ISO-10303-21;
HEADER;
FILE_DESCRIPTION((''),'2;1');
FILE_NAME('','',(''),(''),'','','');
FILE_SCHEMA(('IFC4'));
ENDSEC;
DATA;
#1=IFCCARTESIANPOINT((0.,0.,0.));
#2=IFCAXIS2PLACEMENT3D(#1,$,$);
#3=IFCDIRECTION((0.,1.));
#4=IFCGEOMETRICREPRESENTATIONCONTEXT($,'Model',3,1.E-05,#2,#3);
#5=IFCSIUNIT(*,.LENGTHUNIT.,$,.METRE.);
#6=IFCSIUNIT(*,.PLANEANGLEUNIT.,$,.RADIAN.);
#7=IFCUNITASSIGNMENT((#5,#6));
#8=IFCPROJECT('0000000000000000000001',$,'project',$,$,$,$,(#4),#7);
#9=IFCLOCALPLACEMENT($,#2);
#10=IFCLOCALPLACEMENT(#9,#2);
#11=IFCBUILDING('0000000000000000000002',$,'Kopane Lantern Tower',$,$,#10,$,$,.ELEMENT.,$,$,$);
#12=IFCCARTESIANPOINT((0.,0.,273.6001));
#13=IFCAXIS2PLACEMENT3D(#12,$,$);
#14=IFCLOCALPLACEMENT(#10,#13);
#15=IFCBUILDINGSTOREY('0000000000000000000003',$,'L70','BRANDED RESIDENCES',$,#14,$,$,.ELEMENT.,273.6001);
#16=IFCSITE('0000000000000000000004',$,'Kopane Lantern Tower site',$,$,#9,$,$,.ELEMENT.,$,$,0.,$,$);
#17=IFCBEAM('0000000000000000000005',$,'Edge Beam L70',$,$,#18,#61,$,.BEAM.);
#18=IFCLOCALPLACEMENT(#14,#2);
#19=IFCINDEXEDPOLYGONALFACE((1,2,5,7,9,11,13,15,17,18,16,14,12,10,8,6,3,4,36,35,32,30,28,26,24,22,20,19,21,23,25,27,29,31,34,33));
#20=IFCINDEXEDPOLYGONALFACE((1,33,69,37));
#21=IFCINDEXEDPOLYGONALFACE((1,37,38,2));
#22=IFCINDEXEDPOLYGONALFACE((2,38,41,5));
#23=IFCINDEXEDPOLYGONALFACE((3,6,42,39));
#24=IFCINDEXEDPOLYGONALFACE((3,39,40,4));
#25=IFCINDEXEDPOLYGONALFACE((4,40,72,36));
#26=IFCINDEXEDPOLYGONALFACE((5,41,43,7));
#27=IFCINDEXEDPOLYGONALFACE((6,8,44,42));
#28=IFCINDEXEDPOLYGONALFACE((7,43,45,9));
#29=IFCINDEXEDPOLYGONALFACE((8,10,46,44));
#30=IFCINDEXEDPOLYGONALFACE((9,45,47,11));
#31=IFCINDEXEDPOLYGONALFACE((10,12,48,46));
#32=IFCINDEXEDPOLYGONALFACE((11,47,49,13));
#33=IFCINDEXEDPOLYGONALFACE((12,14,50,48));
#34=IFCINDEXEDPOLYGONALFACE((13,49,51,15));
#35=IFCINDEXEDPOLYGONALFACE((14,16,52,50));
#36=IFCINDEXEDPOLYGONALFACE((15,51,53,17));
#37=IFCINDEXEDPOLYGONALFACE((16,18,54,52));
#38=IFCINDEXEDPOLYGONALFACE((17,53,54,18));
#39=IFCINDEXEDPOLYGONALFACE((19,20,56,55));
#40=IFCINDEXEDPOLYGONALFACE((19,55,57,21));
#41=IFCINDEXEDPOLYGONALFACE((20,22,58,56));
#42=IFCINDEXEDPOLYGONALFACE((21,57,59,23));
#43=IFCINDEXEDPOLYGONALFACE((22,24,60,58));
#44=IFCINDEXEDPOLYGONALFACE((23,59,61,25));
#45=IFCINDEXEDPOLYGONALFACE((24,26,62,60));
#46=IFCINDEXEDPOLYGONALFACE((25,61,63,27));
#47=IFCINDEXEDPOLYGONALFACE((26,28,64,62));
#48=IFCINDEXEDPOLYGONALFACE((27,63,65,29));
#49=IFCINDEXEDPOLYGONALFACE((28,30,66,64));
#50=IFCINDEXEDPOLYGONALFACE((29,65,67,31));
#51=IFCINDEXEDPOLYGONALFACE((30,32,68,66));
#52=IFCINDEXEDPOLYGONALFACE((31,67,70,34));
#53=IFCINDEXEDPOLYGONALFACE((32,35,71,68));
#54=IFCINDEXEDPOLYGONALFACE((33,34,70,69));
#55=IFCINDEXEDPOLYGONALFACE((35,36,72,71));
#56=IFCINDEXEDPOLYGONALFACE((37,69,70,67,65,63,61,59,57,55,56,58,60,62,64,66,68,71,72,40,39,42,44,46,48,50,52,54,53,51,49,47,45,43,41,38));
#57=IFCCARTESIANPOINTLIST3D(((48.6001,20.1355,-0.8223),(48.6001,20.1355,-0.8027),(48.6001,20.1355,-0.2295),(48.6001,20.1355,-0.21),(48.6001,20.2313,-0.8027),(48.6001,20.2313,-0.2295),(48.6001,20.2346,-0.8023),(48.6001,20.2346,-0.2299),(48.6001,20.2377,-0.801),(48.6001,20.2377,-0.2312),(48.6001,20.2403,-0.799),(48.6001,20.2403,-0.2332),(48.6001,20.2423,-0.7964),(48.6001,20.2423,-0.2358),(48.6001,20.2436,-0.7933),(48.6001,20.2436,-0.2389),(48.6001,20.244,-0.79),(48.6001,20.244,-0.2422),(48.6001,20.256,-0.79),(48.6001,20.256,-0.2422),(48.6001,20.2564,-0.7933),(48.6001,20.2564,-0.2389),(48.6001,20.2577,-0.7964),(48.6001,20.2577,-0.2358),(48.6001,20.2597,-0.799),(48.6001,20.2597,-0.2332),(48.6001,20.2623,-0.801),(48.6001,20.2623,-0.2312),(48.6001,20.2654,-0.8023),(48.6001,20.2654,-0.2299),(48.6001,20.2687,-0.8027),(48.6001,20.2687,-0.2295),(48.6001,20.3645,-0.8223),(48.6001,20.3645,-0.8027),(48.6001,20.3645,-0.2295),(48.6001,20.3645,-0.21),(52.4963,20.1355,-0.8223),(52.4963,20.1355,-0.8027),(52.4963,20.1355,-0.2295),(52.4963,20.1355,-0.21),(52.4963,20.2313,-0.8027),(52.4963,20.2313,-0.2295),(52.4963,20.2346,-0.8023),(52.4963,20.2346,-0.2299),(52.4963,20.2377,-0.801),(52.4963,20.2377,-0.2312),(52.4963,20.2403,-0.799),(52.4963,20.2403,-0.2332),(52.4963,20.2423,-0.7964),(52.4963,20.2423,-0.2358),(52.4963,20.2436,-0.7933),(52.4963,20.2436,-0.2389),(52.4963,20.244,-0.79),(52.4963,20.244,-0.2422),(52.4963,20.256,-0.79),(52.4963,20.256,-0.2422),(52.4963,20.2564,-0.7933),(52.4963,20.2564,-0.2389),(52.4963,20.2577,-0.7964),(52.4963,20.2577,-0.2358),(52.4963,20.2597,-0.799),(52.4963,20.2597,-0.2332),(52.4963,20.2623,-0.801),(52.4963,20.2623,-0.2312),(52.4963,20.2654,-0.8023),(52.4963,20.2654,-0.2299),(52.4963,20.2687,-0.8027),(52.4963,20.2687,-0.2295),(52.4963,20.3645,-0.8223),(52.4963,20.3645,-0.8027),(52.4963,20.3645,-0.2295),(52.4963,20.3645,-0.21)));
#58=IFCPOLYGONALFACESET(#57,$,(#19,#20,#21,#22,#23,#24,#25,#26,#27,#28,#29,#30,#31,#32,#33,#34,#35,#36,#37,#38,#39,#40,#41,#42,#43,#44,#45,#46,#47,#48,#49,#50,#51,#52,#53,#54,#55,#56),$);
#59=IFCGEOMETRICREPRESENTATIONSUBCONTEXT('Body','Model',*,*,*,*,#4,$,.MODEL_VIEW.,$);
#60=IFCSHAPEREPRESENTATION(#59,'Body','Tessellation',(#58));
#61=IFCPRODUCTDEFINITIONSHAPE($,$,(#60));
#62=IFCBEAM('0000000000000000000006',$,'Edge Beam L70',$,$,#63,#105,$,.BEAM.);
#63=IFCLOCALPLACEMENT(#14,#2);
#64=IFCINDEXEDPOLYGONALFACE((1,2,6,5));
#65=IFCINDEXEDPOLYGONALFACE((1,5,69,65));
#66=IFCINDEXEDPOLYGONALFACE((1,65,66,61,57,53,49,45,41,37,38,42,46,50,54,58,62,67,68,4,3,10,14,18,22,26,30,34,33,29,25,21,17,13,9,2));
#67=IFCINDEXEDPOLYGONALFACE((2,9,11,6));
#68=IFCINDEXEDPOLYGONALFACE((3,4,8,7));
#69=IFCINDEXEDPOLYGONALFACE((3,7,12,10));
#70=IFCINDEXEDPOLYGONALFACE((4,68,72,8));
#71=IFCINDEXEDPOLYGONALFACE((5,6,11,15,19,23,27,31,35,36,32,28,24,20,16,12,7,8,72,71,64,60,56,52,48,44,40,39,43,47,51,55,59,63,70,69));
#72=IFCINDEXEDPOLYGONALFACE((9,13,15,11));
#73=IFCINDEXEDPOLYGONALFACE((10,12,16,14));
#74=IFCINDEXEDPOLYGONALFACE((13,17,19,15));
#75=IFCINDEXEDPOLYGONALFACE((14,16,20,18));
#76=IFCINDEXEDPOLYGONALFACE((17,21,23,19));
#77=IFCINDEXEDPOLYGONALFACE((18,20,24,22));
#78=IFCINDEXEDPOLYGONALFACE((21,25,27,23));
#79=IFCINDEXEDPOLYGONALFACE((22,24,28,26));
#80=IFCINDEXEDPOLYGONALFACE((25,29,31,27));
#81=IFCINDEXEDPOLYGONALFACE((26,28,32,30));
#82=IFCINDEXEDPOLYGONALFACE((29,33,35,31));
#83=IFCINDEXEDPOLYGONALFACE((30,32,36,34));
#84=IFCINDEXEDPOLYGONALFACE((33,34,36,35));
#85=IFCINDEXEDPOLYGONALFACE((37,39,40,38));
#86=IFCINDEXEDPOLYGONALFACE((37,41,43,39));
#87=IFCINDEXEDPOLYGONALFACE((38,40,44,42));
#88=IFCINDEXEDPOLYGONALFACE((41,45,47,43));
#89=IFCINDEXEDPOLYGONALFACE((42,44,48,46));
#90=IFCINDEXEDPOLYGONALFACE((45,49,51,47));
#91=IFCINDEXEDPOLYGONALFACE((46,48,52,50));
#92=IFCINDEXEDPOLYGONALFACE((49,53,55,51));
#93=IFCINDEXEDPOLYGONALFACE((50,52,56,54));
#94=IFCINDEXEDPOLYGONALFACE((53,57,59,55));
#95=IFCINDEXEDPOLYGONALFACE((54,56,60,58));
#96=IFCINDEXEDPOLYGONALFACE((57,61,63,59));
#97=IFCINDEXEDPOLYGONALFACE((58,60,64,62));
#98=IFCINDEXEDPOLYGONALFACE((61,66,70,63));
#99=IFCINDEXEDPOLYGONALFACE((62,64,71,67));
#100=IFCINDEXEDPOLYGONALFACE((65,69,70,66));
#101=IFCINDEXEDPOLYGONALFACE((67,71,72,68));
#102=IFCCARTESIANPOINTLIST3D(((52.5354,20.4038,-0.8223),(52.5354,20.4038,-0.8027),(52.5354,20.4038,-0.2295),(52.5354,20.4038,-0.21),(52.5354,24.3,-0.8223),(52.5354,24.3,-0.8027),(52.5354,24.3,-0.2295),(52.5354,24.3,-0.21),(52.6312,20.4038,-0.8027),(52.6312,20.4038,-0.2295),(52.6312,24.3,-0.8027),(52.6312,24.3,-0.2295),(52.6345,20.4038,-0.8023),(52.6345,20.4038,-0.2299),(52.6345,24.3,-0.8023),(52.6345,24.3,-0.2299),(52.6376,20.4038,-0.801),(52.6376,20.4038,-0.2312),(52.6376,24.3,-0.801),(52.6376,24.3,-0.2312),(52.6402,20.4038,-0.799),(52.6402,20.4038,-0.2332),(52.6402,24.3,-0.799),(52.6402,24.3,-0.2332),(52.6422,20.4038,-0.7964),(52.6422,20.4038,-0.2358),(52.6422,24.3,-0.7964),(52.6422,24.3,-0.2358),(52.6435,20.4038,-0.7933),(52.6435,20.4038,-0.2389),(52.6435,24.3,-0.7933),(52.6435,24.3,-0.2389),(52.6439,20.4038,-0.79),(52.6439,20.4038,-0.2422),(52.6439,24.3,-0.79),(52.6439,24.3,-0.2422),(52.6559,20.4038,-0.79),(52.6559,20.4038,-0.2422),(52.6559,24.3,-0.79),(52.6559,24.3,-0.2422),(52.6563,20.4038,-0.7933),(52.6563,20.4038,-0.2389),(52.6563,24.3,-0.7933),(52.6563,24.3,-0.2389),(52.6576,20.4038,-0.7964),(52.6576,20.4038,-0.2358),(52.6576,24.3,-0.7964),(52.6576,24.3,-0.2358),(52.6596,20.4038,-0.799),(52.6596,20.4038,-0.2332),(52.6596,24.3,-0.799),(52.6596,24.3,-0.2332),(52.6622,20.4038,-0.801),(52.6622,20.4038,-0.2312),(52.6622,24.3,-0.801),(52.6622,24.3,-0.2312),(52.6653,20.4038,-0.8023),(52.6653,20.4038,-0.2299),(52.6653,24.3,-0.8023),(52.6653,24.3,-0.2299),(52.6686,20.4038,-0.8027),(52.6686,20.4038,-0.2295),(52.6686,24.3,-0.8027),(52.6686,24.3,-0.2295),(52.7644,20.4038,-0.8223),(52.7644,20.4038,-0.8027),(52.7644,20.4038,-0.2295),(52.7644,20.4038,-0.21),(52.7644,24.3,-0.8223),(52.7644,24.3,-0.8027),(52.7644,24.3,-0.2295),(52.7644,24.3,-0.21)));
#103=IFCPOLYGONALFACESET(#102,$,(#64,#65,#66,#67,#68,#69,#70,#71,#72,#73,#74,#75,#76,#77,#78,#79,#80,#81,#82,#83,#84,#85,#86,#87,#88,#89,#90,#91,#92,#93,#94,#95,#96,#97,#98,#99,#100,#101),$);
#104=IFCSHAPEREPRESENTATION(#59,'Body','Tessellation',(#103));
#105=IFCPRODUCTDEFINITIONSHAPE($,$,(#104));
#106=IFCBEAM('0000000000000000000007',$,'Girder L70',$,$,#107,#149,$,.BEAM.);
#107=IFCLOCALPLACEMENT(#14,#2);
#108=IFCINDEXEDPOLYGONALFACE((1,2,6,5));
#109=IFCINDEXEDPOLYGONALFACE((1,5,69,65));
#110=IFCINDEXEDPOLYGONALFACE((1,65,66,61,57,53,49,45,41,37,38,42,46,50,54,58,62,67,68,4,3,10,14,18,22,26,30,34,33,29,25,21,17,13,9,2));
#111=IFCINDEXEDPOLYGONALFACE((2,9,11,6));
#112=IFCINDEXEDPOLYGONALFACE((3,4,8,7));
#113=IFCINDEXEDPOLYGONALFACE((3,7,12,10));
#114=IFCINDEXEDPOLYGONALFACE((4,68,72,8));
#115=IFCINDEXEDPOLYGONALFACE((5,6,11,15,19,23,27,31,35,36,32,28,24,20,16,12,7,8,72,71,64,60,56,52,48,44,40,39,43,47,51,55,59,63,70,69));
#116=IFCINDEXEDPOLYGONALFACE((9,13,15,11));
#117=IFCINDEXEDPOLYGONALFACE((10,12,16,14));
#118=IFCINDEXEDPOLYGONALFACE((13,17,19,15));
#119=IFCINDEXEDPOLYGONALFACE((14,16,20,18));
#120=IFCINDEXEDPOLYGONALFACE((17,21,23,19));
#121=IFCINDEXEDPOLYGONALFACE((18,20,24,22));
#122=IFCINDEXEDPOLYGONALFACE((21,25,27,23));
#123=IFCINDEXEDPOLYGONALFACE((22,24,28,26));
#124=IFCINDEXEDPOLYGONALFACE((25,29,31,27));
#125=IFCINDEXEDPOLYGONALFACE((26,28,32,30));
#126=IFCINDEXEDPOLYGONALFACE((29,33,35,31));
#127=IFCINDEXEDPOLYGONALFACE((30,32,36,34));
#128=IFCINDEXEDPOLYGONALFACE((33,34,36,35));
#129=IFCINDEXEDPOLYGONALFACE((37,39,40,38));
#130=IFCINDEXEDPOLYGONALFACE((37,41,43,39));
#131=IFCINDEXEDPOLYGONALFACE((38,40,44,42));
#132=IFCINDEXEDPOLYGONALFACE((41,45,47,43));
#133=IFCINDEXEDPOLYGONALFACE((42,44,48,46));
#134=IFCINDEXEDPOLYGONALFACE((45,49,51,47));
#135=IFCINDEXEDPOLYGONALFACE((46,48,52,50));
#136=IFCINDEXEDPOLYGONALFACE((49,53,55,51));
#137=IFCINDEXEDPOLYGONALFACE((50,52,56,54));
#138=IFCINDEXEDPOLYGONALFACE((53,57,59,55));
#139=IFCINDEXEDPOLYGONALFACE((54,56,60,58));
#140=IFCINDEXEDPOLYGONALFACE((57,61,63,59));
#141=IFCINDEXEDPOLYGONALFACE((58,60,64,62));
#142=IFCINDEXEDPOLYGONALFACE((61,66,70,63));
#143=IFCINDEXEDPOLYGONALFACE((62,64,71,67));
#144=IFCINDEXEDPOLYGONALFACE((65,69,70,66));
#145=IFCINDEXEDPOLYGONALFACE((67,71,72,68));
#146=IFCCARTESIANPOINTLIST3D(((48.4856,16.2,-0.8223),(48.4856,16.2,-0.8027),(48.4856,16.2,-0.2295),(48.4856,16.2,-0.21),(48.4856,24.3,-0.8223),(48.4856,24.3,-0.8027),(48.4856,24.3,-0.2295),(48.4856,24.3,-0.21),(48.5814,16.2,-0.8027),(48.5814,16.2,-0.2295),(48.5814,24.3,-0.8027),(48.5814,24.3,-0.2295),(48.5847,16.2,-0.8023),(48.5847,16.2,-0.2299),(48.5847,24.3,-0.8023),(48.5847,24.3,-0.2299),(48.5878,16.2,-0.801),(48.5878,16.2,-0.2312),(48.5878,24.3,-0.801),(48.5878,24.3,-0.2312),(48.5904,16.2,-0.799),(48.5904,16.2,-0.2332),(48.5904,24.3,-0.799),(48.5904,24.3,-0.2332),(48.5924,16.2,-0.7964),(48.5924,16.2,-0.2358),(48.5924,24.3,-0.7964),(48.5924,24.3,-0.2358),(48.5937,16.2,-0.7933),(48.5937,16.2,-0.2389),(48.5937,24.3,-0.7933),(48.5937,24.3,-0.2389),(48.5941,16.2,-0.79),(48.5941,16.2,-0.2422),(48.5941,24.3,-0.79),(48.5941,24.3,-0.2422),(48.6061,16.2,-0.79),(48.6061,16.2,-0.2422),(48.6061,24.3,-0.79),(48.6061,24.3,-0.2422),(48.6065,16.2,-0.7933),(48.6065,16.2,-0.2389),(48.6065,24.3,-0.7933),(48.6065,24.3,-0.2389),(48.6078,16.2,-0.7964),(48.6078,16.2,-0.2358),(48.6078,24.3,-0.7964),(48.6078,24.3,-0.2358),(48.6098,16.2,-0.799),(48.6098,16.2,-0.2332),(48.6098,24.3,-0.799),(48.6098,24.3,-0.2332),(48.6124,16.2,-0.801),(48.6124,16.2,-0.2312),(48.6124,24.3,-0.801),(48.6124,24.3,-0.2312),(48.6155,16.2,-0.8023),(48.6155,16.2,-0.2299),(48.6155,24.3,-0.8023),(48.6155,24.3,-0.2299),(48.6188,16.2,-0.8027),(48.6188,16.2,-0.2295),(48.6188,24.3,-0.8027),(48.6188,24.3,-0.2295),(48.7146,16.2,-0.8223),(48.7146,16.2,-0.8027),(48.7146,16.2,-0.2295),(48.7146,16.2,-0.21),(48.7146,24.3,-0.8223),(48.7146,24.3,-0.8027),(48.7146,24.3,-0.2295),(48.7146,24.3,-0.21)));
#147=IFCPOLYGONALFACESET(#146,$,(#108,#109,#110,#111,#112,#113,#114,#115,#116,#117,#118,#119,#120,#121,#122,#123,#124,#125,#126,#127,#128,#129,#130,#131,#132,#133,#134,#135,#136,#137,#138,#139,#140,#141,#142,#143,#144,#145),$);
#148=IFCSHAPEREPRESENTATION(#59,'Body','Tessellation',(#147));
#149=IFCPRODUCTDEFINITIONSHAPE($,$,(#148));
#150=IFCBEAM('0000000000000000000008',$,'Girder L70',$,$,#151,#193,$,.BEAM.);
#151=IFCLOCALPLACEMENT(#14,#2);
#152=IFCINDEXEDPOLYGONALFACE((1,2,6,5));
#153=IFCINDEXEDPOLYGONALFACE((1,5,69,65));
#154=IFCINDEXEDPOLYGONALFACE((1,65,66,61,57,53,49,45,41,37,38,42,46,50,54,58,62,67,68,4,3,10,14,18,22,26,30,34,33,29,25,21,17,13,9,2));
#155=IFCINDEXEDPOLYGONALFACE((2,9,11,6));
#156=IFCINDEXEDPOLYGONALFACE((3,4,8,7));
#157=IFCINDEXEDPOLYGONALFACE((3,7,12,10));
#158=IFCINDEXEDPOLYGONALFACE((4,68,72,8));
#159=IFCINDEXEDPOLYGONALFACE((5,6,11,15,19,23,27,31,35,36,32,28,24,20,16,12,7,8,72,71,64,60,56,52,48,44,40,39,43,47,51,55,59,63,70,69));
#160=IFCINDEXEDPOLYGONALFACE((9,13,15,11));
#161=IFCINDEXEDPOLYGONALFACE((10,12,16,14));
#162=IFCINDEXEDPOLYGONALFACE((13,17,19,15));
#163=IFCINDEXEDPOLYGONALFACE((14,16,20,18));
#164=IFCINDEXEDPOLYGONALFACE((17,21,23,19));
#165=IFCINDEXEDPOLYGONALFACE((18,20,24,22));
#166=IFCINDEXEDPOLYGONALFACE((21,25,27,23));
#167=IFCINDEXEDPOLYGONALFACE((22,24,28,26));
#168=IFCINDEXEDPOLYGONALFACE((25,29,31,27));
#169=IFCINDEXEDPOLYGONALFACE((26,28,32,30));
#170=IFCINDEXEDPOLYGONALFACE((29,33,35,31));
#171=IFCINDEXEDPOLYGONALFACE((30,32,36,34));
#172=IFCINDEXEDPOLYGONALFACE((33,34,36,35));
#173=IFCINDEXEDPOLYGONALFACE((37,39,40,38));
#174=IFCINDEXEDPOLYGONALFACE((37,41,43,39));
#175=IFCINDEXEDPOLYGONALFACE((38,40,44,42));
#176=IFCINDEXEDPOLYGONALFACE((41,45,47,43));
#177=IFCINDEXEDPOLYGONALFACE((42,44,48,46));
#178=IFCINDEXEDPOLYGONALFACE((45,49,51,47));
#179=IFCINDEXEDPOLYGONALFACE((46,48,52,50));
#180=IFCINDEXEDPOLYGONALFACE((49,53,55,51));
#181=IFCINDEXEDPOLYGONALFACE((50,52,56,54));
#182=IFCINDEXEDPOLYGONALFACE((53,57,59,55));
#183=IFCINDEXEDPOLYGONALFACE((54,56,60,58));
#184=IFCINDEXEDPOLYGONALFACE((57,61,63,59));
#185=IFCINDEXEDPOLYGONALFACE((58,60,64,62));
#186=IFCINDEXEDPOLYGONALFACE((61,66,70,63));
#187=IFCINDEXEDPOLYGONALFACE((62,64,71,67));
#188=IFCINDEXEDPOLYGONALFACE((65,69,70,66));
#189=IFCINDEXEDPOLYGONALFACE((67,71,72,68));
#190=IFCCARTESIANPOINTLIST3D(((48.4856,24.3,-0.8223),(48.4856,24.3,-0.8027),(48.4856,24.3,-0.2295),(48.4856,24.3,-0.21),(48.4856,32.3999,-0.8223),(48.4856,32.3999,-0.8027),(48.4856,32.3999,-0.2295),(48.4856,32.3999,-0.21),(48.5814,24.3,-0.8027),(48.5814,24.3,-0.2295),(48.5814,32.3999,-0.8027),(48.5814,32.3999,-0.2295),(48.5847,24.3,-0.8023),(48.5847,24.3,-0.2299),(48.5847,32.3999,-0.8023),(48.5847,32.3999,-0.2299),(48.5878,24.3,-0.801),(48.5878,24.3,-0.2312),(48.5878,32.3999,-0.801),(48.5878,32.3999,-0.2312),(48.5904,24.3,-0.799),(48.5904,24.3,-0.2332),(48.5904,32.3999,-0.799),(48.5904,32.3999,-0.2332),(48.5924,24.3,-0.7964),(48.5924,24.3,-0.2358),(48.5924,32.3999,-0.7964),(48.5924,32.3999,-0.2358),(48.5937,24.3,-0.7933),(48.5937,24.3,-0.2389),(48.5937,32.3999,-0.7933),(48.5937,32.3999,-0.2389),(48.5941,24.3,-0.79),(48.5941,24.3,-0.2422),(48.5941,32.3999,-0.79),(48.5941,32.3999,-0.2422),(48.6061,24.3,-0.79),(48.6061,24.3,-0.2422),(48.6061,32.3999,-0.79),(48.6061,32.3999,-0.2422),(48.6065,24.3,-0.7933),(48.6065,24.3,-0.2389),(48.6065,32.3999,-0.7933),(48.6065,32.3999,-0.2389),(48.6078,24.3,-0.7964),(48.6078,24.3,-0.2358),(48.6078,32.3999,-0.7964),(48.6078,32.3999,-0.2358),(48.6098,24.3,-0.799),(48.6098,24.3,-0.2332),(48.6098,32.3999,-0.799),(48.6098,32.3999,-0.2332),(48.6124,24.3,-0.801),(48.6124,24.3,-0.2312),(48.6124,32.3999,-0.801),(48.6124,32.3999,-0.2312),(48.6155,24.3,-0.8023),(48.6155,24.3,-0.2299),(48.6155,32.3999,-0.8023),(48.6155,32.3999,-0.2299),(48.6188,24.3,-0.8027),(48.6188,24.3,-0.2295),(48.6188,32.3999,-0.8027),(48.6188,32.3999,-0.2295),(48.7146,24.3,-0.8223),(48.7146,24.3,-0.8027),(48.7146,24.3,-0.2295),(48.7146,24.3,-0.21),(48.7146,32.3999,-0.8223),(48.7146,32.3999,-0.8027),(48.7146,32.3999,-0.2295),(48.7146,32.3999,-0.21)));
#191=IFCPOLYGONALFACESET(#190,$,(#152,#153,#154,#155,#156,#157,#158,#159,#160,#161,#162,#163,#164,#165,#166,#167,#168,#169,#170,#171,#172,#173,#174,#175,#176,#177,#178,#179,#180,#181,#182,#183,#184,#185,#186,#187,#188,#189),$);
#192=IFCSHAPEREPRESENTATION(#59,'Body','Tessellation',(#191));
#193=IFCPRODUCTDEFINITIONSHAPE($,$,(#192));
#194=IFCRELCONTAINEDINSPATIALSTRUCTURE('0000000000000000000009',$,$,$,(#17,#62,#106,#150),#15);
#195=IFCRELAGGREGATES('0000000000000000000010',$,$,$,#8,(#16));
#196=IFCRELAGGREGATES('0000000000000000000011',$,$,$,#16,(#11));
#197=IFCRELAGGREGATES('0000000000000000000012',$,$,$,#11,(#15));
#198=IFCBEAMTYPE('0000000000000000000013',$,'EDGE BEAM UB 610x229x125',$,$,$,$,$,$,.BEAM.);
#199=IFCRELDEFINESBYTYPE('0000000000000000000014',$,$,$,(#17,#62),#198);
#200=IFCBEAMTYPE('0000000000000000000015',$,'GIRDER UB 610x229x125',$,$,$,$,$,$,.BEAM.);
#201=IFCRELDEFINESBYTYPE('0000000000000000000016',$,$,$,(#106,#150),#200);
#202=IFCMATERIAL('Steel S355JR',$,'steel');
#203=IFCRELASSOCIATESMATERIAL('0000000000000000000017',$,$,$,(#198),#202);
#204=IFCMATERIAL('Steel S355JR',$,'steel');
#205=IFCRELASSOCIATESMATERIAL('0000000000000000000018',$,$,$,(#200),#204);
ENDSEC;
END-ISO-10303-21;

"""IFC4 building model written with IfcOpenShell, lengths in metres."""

from ifc_helpers import new_model, si_unit, direction, frame, origin, origin_2d, place, context, subcontext, project, spatial, i_section, extrude, material, material_profile, profile_set, type_object, element, save


model = new_model("IFC4")

# Units and contexts
model_context = context("Model", 3, precision=1e-05, world=origin(), true_north=direction((0.0, 1.0)))
body_context = subcontext(model_context, "Body", "Model", "MODEL_VIEW")
ifc_project = project(units=[si_unit("LENGTHUNIT", "METRE"), si_unit("PLANEANGLEUNIT", "RADIAN")], contexts=[model_context])

# Site, building, storey
site_placement = place(None, origin())
site = spatial("IfcSite", under=ifc_project, at=site_placement, Name="Kopane Lantern Tower site", CompositionType="ELEMENT", RefElevation=0.0)
building_placement = place(site_placement, origin())
building = spatial("IfcBuilding", under=site, at=building_placement, Name="Kopane Lantern Tower", CompositionType="ELEMENT")
storey_placement = place(building_placement, frame((0.0, 0.0, 273.6001)))
storey = spatial("IfcBuildingStorey", under=building, at=storey_placement, Name="L70", Description="BRANDED RESIDENCES", CompositionType="ELEMENT", Elevation=273.6001)

# Beams
ifc_material_1 = material(Name="Steel S355JR", Category="steel")
ifc_material_profile_1 = material_profile(ifc_material_1, i_section(OverallWidth=0.229, OverallDepth=0.6123, WebThickness=0.012, FlangeThickness=0.0195, FilletRadius=0.0127, at=origin_2d()), Name="UB 610x229x125")
ifc_profile_set_1 = profile_set([ifc_material_profile_1], Name="Steel S355JR")
beam_type_1 = type_object("IfcBeamType", Name="EDGE BEAM UB 610x229x125", PredefinedType="BEAM", material=ifc_profile_set_1)
for number, where, z_axis, x_axis, name in (
    (1, (52.4963, 20.25, -0.5161), (-1.0, 0.0, 0.0), (0.0, -1.0, 0.0), "Edge Beam L70"),
    (2, (52.6499, 20.4038, -0.5161), (0.0, 1.0, 0.0), (-1.0, 0.0, 0.0), "Edge Beam L70"),
):
    element("IfcBeam", number, at=place(storey_placement, frame(where, z_axis=z_axis, x_axis=x_axis)), inside=storey, type_object=beam_type_1, Name=name, PredefinedType="BEAM", context=body_context, shape_type="SweptSolid", body=[
        extrude(i_section(OverallWidth=0.229, OverallDepth=0.6123, WebThickness=0.012, FlangeThickness=0.0195, FilletRadius=0.0127, at=origin_2d()), origin(), (0.0, 0.0, 1.0), 3.8962),
    ])
ifc_material_2 = material(Name="Steel S355JR", Category="steel")
ifc_material_profile_2 = material_profile(ifc_material_2, i_section(OverallWidth=0.229, OverallDepth=0.6123, WebThickness=0.012, FlangeThickness=0.0195, FilletRadius=0.0127, at=origin_2d()), Name="UB 610x229x125")
ifc_profile_set_2 = profile_set([ifc_material_profile_2], Name="Steel S355JR")
beam_type_2 = type_object("IfcBeamType", Name="GIRDER UB 610x229x125", PredefinedType="BEAM", material=ifc_profile_set_2)
beam_1_placement = place(storey_placement, frame((48.6001, 16.2, -0.5161), z_axis=(0.0, 1.0, 0.0), x_axis=(-1.0, 0.0, 0.0)))
element("IfcBeam", 3, at=beam_1_placement, inside=storey, type_object=beam_type_2, Name="Girder L70", PredefinedType="BEAM", context=body_context, shape_type="SweptSolid", body=[
    extrude(i_section(OverallWidth=0.229, OverallDepth=0.6123, WebThickness=0.012, FlangeThickness=0.0195, FilletRadius=0.0127, at=origin_2d()), origin(), (0.0, 0.0, 1.0), 8.1001),
])
for number, where, z_axis, x_axis, name in (
    (4, (48.6001, 24.3, -0.5161), (0.0, 1.0, 0.0), (-1.0, 0.0, 0.0), "Girder L70"),
):
    element("IfcBeam", number, at=place(storey_placement, frame(where, z_axis=z_axis, x_axis=x_axis)), inside=storey, type_object=beam_type_2, Name=name, PredefinedType="BEAM", context=body_context, shape_type="SweptSolid", body=[
        extrude(i_section(OverallWidth=0.229, OverallDepth=0.6123, WebThickness=0.012, FlangeThickness=0.0195, FilletRadius=0.0127, at=origin_2d()), origin(), (0.0, 0.0, 1.0), 8.0999),
    ])

save(model, "model.ifc")
